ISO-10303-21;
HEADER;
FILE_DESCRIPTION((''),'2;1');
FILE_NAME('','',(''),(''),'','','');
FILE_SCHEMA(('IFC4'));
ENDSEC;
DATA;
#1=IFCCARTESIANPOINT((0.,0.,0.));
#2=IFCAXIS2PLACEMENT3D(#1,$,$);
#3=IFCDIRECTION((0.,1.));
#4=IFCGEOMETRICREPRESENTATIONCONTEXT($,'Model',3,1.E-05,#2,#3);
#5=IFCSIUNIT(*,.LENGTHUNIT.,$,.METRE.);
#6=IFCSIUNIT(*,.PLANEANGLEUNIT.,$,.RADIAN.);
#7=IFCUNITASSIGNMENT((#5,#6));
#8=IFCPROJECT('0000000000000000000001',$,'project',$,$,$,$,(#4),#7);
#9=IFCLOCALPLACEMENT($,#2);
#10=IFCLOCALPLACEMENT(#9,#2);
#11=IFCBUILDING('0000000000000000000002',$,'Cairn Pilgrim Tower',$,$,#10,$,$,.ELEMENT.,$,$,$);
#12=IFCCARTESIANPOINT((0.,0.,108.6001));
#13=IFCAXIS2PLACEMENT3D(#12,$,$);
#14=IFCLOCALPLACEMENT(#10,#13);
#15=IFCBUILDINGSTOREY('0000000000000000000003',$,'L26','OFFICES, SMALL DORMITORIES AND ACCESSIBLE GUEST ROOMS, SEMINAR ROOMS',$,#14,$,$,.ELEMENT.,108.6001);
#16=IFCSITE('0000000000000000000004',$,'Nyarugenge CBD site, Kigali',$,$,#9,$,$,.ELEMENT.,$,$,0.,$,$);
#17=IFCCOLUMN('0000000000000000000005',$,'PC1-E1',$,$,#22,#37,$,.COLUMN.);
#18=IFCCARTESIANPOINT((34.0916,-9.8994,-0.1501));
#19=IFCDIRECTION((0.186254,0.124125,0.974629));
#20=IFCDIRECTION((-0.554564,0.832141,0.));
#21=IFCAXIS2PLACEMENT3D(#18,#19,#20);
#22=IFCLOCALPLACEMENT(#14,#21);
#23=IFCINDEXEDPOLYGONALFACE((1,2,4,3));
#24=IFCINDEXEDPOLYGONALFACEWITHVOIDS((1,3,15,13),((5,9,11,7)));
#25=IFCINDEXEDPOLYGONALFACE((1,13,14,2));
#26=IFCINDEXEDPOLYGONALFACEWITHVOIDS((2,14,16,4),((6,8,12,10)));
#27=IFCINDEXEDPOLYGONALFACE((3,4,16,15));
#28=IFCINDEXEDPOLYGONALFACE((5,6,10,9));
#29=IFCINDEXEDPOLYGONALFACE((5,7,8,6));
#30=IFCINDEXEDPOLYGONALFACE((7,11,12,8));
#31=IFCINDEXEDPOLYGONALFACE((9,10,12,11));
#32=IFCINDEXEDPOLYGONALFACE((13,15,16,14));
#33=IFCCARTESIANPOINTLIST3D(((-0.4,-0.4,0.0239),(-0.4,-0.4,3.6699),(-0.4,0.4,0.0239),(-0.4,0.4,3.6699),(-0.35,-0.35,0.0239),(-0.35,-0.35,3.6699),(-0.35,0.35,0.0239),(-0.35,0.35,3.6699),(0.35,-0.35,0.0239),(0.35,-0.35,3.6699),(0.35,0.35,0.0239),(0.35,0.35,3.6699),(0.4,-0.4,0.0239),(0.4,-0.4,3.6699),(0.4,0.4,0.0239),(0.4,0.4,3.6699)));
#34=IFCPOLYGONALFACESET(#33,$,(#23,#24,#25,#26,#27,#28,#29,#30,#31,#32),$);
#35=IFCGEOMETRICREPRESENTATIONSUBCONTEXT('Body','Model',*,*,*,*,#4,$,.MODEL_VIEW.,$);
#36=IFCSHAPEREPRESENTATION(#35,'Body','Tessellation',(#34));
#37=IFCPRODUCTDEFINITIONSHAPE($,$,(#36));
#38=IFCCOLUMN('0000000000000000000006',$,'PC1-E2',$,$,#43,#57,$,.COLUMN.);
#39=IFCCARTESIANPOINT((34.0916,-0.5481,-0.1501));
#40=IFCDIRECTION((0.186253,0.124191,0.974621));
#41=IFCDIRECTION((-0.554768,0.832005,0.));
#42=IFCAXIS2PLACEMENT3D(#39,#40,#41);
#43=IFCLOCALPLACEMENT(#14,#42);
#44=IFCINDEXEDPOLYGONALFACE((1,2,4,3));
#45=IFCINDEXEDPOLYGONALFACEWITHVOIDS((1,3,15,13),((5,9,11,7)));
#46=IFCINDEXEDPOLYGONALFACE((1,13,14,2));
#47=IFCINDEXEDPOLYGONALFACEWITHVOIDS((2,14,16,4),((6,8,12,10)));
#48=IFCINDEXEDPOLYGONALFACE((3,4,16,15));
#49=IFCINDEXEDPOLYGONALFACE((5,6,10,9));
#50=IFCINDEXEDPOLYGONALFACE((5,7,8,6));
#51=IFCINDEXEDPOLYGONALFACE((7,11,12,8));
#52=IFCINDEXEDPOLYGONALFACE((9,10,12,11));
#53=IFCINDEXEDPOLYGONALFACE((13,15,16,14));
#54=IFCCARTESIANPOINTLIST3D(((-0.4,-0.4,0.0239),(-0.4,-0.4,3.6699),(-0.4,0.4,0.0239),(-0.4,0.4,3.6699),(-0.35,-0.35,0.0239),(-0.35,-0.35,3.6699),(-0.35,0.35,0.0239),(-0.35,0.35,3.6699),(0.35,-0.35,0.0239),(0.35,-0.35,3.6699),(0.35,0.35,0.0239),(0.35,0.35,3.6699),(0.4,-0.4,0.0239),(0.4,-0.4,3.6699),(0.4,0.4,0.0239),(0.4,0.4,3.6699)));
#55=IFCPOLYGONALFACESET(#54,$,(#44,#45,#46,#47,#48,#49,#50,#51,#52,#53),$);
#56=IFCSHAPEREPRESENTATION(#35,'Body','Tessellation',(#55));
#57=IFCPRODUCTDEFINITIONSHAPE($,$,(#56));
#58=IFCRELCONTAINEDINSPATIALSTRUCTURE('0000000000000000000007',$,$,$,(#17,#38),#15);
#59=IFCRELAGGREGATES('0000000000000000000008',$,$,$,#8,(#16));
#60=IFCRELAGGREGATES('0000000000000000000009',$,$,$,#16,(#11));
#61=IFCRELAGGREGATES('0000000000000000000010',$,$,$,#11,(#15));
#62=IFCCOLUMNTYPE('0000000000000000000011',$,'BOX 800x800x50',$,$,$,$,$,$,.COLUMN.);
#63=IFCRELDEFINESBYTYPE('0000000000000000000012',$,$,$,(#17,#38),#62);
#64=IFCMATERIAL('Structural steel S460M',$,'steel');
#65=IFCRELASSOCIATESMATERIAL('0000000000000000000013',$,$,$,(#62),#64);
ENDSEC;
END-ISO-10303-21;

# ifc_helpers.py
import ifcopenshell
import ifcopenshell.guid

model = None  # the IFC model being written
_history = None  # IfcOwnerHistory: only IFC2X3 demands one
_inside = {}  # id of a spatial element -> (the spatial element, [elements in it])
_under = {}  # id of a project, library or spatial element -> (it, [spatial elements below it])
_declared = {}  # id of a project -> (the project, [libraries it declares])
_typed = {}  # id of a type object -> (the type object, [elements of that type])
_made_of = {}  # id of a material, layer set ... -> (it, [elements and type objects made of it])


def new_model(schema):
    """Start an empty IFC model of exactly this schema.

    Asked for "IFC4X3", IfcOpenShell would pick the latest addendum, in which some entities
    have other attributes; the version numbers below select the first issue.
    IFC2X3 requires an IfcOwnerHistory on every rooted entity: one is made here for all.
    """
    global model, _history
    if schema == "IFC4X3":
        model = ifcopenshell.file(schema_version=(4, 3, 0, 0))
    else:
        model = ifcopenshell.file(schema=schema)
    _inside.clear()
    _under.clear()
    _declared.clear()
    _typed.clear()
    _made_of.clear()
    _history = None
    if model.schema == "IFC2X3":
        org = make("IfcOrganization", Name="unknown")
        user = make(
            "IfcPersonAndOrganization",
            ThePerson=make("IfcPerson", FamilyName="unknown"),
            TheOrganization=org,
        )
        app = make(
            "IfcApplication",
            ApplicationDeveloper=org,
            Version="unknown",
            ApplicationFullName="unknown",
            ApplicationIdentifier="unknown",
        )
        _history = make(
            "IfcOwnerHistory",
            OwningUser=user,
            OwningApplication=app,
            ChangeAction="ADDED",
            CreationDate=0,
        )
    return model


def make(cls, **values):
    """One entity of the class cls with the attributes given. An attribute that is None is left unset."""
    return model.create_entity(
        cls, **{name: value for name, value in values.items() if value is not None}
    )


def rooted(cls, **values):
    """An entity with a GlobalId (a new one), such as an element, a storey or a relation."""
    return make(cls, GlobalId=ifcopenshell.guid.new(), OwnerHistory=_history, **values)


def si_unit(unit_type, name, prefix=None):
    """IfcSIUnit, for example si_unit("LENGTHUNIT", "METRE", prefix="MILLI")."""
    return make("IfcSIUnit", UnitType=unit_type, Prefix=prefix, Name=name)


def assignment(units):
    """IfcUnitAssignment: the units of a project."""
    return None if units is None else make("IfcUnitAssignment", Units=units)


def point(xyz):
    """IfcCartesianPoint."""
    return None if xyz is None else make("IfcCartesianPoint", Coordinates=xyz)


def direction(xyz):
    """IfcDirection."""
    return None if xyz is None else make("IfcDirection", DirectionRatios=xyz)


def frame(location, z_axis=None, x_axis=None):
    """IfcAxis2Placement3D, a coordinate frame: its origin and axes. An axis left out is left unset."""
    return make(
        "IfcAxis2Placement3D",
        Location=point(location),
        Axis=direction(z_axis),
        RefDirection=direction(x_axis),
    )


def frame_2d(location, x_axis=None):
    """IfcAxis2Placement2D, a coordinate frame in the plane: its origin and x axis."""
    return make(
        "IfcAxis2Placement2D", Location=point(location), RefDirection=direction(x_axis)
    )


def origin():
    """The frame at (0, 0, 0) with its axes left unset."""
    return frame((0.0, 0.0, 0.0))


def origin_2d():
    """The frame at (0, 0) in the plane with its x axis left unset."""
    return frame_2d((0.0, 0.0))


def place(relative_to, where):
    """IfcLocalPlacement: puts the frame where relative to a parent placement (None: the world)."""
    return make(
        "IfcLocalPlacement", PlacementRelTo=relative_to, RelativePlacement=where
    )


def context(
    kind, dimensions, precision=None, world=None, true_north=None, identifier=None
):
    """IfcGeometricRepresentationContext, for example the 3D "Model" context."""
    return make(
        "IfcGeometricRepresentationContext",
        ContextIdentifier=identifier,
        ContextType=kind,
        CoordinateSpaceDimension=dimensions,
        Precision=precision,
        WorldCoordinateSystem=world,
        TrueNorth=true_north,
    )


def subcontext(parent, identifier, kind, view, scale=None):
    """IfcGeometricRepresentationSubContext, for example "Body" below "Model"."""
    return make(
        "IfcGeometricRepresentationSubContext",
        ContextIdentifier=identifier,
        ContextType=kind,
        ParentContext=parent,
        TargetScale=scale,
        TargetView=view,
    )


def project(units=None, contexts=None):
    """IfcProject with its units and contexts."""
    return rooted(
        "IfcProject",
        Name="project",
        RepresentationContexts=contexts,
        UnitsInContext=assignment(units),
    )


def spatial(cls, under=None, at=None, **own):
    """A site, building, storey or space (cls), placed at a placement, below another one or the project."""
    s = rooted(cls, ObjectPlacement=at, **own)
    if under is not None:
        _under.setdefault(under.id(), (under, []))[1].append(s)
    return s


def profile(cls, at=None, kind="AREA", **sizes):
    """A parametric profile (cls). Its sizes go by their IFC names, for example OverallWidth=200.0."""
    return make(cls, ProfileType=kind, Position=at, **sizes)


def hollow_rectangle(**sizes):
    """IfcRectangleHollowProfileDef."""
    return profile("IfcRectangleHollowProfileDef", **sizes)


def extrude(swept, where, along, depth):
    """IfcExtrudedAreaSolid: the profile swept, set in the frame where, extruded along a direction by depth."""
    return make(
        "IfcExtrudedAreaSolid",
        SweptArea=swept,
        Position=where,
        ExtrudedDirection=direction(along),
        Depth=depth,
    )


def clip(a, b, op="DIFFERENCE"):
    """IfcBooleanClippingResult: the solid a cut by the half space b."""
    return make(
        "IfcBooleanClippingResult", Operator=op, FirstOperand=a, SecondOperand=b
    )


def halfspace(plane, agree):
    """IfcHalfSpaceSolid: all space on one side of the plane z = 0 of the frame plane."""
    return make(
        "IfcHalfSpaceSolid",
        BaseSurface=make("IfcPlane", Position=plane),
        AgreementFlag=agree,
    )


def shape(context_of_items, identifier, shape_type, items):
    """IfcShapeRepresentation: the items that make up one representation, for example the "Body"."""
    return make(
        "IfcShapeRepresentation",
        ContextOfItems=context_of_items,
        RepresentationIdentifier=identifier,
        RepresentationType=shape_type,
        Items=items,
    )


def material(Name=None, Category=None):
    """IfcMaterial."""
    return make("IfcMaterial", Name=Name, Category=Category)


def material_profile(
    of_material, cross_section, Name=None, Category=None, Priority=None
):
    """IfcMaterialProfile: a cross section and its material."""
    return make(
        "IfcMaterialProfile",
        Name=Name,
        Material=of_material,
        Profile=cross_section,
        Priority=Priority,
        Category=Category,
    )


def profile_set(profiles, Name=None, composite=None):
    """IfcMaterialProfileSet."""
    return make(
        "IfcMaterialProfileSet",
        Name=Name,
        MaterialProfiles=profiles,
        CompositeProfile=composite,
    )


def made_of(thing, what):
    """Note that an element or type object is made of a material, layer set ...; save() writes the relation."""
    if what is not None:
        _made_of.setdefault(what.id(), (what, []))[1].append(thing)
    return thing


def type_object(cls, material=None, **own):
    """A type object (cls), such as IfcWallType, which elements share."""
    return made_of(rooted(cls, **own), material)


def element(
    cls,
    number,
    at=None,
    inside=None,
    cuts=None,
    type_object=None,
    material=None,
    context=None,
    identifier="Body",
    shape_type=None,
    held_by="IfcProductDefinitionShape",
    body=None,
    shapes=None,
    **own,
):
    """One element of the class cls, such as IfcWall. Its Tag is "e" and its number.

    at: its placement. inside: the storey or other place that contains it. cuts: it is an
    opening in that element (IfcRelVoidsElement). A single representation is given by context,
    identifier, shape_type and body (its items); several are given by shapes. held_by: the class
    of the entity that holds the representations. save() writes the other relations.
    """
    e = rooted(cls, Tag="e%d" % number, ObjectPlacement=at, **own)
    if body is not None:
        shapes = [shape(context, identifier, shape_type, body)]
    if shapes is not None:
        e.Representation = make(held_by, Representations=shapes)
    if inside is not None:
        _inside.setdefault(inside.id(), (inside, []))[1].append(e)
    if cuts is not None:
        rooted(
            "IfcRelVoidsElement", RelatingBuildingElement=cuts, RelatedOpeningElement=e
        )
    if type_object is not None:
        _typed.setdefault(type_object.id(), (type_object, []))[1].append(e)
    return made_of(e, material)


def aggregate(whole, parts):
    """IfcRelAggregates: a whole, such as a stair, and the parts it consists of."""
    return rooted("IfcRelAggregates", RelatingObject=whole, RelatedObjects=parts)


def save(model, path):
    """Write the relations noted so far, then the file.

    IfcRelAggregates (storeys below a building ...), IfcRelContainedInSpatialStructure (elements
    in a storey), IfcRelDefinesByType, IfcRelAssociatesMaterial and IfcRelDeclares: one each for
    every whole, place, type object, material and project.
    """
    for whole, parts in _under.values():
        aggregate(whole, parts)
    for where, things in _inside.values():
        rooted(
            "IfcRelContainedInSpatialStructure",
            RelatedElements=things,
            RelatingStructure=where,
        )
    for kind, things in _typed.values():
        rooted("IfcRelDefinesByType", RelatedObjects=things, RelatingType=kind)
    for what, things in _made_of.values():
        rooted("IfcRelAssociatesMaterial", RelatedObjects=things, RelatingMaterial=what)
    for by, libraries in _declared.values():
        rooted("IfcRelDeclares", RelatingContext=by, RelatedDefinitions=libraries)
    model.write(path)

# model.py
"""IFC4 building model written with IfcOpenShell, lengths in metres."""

from ifc_helpers import new_model, si_unit, direction, frame, origin, origin_2d, place, context, subcontext, project, spatial, hollow_rectangle, extrude, clip, halfspace, material, material_profile, profile_set, type_object, element, save


model = new_model("IFC4")

# Units and contexts
model_context = context("Model", 3, precision=1e-05, world=origin(), true_north=direction((0.0, 1.0)))
body_context = subcontext(model_context, "Body", "Model", "MODEL_VIEW")
ifc_project = project(units=[si_unit("LENGTHUNIT", "METRE"), si_unit("PLANEANGLEUNIT", "RADIAN")], contexts=[model_context])

# Site, building, storey
site_placement = place(None, origin())
site = spatial("IfcSite", under=ifc_project, at=site_placement, Name="Nyarugenge CBD site, Kigali", CompositionType="ELEMENT", RefElevation=0.0)
building_placement = place(site_placement, origin())
building = spatial("IfcBuilding", under=site, at=building_placement, Name="Cairn Pilgrim Tower", CompositionType="ELEMENT")
storey_placement = place(building_placement, frame((0.0, 0.0, 108.6001)))
storey = spatial("IfcBuildingStorey", under=building, at=storey_placement, Name="L26", Description="OFFICES, SMALL DORMITORIES AND ACCESSIBLE GUEST ROOMS, SEMINAR ROOMS", CompositionType="ELEMENT", Elevation=108.6001)

# Columns
ifc_material_1 = material(Name="Structural steel S460M", Category="steel")
ifc_material_profile_1 = material_profile(ifc_material_1, hollow_rectangle(XDim=0.8, YDim=0.8, WallThickness=0.05, at=origin_2d()), Name="BOX 800x800x50")
ifc_profile_set_1 = profile_set([ifc_material_profile_1], Name="Structural steel S460M")
column_type_1 = type_object("IfcColumnType", Name="BOX 800x800x50", PredefinedType="COLUMN", material=ifc_profile_set_1)
for number, where, z_axis, x_axis, name in (
    (1, (34.0916, -9.8994, -0.1501), (0.186254, 0.124125, 0.974629), (-0.554564, 0.832141, 0.0), "PC1-E1"),
    (2, (34.0916, -0.5481, -0.1501), (0.186253, 0.124191, 0.974621), (-0.554768, 0.832005, 0.0), "PC1-E2"),
):
    element("IfcColumn", number, at=place(storey_placement, frame(where, z_axis=z_axis, x_axis=x_axis)), inside=storey, type_object=column_type_1, Name=name, PredefinedType="COLUMN", context=body_context, shape_type="Clipping", body=[
        clip(clip(extrude(hollow_rectangle(XDim=0.8, YDim=0.8, WallThickness=0.05, at=origin_2d()), origin(), (0.0, 0.0, 1.0), 3.6938), halfspace(frame((0.0, 0.0, 0.0239), z_axis=(0.0, 0.0, 1.0), x_axis=(1.0, 0.0, 0.0)), True)), halfspace(frame((0.0, 0.0, 3.6699), z_axis=(0.0, 0.0, 1.0), x_axis=(1.0, 0.0, 0.0)), False)),
    ])

save(model, "model.ifc")
